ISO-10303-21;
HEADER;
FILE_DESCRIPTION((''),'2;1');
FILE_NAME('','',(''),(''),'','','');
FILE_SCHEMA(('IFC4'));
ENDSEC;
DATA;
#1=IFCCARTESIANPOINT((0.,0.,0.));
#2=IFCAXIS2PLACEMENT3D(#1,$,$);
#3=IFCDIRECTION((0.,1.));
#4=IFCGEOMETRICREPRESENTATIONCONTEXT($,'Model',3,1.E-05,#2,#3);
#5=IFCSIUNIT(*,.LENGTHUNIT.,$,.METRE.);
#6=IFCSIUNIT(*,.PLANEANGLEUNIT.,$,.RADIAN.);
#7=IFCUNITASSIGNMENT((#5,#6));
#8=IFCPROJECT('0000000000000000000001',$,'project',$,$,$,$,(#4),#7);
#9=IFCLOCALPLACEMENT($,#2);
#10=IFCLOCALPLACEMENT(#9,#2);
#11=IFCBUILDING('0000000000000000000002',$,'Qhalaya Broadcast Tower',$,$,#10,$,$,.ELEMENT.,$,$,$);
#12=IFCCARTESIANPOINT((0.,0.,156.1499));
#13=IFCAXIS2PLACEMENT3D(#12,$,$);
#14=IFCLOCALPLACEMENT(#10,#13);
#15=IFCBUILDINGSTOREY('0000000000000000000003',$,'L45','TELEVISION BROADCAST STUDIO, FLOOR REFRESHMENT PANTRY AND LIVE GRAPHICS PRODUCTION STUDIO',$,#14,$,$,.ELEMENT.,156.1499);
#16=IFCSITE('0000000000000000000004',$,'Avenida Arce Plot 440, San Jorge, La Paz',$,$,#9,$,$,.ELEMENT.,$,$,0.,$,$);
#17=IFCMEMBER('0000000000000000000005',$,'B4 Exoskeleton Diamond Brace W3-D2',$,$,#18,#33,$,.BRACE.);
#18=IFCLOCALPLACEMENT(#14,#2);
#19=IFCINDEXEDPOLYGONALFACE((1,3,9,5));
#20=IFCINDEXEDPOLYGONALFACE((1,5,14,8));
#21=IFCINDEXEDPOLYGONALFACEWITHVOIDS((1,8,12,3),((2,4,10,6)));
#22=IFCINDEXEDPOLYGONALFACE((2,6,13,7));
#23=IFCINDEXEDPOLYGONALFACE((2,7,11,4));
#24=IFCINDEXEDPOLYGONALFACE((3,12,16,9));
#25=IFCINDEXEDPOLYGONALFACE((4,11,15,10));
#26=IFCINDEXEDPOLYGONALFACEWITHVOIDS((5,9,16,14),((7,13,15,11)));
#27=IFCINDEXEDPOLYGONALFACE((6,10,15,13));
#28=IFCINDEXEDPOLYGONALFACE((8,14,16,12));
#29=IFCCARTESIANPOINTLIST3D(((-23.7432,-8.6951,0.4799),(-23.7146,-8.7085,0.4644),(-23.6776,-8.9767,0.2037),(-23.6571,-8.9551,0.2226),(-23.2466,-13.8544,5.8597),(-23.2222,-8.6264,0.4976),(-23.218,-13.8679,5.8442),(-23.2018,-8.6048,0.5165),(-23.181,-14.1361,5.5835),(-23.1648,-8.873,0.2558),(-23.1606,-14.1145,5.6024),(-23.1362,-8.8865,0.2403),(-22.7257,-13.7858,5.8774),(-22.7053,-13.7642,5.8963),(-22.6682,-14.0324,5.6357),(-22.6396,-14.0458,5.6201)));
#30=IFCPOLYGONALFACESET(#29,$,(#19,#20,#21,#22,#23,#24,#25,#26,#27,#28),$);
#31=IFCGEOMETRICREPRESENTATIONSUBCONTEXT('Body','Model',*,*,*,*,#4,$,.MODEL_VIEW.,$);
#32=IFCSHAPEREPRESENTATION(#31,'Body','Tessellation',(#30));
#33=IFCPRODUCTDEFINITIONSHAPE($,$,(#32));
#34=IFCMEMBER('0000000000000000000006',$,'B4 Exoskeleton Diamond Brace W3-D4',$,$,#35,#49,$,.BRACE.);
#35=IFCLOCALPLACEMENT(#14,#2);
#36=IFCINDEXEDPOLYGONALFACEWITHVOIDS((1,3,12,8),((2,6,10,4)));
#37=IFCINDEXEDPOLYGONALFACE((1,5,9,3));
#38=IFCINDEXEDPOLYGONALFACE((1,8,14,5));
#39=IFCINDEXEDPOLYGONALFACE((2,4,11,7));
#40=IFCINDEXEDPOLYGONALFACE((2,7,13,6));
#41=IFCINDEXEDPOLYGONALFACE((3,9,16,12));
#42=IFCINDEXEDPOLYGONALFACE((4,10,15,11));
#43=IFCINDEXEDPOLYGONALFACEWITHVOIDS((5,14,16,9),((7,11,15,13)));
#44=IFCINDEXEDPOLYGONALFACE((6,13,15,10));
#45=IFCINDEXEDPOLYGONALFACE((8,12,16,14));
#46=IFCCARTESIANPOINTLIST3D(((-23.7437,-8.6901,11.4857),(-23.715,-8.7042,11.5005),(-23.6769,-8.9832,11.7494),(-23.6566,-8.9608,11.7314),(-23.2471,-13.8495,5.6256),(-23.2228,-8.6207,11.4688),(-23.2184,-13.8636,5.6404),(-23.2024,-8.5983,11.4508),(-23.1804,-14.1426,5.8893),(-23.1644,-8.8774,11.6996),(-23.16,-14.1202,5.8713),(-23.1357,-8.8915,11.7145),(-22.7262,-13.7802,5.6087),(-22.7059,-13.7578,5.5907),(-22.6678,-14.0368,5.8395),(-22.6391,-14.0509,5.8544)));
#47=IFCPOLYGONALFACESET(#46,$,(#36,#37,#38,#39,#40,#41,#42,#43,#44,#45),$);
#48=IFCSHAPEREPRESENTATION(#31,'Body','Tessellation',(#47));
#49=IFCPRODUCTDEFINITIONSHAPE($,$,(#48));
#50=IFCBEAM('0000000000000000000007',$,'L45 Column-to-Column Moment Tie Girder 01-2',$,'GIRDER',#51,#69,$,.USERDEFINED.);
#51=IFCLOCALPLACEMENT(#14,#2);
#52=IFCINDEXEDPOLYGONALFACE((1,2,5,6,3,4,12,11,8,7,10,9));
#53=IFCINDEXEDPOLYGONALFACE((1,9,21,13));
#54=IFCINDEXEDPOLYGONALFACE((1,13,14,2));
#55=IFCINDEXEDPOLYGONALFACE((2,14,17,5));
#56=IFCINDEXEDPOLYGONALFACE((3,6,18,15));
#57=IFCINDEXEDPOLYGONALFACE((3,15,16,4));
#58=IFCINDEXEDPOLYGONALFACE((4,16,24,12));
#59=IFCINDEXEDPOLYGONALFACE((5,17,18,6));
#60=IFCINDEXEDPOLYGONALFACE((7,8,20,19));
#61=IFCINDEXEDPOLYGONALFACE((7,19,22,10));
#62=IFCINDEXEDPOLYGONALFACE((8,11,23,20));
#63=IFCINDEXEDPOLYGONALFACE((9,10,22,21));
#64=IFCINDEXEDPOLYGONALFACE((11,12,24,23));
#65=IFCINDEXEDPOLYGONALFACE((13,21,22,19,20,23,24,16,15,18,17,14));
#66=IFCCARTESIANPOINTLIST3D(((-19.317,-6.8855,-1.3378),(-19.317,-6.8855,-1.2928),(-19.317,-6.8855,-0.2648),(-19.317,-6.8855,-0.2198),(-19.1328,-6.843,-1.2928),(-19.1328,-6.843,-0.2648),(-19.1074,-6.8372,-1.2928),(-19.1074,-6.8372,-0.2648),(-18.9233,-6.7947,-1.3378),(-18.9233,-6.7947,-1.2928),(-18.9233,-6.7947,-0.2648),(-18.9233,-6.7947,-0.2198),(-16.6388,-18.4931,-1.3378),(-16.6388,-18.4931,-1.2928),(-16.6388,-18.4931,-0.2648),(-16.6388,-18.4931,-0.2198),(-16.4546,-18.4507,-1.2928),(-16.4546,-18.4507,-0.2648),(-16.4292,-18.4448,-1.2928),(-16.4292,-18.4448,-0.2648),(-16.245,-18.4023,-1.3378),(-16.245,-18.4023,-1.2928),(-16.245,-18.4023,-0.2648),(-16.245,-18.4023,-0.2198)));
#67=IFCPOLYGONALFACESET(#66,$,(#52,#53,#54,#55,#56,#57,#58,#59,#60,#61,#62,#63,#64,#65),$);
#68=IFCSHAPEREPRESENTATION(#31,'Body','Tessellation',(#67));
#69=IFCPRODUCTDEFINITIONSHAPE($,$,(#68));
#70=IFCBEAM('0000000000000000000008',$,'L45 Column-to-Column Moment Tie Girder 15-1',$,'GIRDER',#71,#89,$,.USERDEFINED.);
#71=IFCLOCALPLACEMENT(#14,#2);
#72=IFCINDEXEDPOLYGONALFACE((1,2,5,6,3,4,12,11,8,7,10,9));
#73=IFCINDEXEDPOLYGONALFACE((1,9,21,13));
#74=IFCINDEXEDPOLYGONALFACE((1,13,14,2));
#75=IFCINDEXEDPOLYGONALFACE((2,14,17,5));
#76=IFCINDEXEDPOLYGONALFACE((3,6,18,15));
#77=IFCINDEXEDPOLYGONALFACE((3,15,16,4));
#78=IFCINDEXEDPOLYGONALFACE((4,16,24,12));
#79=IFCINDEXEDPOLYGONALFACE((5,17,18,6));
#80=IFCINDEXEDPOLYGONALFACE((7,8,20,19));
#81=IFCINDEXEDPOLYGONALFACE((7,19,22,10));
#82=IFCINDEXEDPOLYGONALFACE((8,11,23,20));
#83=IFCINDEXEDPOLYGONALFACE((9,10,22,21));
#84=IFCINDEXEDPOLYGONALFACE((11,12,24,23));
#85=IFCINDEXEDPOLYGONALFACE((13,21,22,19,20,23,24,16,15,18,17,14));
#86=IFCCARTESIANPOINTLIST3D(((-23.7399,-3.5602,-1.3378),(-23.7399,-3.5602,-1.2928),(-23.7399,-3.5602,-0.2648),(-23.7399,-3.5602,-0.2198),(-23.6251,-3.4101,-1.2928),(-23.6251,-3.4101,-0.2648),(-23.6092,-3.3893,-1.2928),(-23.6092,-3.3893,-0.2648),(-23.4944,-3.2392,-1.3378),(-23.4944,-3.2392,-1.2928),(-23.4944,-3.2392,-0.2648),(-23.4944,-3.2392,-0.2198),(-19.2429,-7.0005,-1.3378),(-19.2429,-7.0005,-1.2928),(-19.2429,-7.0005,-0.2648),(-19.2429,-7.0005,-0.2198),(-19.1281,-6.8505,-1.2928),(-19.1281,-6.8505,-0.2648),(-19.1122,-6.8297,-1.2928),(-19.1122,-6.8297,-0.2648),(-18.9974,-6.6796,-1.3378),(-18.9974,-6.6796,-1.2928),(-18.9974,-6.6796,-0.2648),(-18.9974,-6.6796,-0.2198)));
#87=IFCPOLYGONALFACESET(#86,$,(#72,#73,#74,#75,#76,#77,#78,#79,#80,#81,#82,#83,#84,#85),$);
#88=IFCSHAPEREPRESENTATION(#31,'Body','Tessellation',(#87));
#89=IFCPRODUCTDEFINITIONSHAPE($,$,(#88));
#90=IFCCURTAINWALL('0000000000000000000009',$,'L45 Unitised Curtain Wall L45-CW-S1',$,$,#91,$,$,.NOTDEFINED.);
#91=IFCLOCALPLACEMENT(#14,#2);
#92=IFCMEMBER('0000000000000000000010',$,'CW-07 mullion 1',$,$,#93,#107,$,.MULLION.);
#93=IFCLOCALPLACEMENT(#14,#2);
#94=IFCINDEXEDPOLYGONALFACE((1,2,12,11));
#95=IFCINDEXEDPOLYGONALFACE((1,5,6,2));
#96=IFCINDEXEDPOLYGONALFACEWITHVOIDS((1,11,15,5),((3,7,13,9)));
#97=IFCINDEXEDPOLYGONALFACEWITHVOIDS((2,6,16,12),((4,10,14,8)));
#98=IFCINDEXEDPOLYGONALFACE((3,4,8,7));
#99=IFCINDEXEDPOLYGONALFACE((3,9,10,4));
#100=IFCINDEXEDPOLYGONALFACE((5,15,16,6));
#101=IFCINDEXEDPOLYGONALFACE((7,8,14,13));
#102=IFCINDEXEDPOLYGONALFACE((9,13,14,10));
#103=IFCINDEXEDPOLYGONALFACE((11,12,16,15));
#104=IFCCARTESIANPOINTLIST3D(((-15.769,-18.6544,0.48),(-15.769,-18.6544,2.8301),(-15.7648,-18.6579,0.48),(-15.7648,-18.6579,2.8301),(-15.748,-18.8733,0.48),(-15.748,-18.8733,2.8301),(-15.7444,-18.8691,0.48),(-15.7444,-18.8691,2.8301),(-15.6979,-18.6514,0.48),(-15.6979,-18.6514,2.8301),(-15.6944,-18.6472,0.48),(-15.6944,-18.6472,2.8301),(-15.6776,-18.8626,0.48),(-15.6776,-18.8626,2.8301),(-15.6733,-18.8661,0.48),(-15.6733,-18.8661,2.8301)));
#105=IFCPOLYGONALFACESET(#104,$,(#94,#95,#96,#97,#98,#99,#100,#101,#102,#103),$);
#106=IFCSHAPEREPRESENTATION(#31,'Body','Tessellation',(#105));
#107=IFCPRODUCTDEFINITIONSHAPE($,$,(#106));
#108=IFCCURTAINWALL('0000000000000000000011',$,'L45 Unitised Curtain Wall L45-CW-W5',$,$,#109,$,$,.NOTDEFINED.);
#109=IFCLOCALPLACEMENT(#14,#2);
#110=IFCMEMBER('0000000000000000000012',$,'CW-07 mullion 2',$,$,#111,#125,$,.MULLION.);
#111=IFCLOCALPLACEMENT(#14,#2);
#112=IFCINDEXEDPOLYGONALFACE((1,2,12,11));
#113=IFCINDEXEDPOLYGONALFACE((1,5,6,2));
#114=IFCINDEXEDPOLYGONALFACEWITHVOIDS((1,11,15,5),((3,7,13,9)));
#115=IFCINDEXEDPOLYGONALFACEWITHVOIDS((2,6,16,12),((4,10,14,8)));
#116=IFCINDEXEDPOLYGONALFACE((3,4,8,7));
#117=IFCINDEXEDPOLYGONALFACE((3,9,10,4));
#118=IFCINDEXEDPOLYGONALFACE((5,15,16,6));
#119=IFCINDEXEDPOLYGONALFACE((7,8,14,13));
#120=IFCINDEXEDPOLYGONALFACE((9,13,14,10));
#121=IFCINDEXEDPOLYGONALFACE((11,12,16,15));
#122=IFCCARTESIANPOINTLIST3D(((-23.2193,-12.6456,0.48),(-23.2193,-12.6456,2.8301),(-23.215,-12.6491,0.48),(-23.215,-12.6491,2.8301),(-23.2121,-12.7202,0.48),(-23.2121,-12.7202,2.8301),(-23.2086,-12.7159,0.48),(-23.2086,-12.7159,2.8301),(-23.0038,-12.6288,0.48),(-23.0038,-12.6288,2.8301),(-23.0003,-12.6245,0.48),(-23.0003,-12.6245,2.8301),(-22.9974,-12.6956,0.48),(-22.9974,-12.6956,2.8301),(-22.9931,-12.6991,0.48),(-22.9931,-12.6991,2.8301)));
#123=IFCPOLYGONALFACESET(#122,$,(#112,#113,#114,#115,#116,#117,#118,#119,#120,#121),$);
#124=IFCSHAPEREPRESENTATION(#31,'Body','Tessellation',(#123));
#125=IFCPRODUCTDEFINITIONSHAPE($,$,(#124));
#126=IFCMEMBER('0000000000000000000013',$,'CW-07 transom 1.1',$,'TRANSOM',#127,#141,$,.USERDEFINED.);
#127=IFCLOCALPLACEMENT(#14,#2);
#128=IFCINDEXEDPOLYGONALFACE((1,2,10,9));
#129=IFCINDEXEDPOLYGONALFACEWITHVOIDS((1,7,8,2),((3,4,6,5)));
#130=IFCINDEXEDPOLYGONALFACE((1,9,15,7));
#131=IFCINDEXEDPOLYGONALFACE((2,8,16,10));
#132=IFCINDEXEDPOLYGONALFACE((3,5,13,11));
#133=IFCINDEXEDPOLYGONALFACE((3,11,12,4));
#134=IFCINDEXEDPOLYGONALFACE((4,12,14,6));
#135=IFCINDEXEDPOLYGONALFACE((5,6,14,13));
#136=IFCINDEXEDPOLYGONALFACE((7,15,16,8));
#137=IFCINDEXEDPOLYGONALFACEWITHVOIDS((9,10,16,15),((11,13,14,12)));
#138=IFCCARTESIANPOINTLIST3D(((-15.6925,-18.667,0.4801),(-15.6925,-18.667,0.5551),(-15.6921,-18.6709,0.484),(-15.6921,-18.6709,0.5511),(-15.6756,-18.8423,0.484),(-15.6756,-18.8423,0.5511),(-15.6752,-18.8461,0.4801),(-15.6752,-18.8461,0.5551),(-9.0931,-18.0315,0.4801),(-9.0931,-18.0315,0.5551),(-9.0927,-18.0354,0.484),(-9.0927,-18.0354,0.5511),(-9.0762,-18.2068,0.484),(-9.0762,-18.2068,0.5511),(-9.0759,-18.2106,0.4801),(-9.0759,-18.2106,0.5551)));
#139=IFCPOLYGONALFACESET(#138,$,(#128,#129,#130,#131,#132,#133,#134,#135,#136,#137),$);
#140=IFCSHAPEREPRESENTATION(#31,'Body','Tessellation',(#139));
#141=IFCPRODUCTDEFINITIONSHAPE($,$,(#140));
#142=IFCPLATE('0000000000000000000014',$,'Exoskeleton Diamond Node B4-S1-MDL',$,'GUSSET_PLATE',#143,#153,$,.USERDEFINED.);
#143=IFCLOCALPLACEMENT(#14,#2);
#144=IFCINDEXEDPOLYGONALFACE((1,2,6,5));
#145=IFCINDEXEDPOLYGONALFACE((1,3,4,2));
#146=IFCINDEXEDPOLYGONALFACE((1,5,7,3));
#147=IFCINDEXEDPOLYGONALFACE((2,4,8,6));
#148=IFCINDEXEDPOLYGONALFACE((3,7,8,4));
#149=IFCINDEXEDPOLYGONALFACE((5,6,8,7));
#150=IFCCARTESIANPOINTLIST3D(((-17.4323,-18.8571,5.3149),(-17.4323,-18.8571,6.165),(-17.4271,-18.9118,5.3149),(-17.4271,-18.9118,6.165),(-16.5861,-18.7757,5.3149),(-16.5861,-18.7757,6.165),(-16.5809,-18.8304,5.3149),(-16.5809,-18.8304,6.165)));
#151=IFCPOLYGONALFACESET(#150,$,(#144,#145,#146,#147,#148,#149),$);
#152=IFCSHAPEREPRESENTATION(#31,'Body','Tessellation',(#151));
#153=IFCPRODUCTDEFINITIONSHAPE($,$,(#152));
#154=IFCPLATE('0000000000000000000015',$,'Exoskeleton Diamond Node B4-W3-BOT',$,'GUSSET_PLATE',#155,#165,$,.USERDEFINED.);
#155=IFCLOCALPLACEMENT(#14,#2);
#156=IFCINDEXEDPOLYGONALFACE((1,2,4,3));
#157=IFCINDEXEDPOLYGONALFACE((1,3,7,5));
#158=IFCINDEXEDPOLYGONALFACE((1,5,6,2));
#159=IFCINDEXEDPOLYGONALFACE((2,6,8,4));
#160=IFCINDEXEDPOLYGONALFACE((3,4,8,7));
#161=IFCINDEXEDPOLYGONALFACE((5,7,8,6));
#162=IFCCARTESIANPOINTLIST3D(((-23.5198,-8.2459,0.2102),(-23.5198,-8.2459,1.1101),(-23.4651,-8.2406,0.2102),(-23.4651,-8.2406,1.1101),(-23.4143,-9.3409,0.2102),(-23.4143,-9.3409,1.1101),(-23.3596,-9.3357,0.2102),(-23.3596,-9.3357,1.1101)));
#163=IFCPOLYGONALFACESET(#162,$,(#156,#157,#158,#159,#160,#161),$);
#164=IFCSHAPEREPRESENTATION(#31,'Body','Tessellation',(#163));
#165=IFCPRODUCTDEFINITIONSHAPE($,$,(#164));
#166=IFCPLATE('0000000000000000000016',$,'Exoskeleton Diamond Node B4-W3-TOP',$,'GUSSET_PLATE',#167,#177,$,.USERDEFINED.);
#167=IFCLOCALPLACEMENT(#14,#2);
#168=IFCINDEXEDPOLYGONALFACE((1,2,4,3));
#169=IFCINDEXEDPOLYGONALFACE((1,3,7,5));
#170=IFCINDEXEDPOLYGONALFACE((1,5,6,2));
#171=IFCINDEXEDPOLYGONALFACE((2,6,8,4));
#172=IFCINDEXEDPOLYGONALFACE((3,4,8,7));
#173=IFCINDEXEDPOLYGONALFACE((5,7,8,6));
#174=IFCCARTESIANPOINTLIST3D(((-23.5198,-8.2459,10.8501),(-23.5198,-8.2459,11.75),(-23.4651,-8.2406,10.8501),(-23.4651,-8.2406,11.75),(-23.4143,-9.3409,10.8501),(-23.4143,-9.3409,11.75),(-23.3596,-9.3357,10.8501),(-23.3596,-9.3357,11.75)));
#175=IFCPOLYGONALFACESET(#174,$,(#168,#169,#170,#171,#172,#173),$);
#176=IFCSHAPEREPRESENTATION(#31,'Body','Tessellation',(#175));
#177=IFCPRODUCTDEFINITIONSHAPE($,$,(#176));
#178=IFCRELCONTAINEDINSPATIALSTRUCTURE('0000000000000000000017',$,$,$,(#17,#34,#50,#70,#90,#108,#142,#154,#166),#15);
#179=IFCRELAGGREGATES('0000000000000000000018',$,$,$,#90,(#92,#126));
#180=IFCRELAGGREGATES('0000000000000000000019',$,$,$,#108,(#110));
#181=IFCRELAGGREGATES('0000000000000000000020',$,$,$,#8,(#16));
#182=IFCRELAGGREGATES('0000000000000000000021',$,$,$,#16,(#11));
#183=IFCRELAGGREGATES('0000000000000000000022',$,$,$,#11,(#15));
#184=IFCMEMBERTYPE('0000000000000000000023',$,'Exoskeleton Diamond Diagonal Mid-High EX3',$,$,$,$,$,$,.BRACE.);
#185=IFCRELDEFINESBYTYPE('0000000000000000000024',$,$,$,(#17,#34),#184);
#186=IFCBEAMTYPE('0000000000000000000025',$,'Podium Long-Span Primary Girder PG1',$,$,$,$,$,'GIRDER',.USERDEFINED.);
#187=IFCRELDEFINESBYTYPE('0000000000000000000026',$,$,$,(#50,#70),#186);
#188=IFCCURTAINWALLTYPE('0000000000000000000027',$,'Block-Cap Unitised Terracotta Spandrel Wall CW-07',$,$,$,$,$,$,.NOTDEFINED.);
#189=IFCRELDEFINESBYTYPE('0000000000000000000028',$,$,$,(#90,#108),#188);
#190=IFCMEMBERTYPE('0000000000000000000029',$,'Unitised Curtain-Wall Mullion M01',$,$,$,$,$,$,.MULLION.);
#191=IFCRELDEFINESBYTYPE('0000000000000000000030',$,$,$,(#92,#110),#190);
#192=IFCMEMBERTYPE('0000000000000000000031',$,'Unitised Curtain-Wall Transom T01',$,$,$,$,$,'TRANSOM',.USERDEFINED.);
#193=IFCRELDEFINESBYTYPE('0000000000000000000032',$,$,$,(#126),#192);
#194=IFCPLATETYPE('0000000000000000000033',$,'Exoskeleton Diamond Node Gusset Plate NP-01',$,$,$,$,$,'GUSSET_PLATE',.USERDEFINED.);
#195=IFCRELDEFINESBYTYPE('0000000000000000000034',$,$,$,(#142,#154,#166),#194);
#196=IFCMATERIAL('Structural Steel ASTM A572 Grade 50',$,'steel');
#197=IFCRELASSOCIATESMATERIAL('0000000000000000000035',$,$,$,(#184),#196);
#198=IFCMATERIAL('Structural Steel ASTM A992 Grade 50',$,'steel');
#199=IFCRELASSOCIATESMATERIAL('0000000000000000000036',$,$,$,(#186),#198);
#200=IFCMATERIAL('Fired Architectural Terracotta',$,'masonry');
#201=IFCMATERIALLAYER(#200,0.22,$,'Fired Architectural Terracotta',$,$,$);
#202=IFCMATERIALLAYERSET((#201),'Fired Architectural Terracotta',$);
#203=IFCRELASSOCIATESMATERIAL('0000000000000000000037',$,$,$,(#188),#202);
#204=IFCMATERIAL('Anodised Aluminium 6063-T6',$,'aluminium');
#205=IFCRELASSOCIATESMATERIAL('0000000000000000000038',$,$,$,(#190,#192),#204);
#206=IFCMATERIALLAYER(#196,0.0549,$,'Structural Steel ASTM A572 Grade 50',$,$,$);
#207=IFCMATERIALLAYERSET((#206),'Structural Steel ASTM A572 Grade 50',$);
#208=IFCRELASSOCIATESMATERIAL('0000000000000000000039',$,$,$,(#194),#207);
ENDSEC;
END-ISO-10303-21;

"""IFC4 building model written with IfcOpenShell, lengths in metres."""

from ifc_helpers import new_model, si_unit, direction, frame, origin, origin_2d, place, context, subcontext, project, spatial, rectangle, hollow_rectangle, i_section, extrude, material, layer, layer_set, material_profile, profile_set, type_object, element, aggregate, save


model = new_model("IFC4")

# Units and contexts
model_context = context("Model", 3, precision=1e-05, world=origin(), true_north=direction((0.0, 1.0)))
body_context = subcontext(model_context, "Body", "Model", "MODEL_VIEW")
ifc_project = project(units=[si_unit("LENGTHUNIT", "METRE"), si_unit("PLANEANGLEUNIT", "RADIAN")], contexts=[model_context])

# Site, building, storey
site_placement = place(None, origin())
site = spatial("IfcSite", under=ifc_project, at=site_placement, Name="Avenida Arce Plot 440, San Jorge, La Paz", CompositionType="ELEMENT", RefElevation=0.0)
building_placement = place(site_placement, origin())
building = spatial("IfcBuilding", under=site, at=building_placement, Name="Qhalaya Broadcast Tower", CompositionType="ELEMENT")
storey_placement = place(building_placement, frame((0.0, 0.0, 156.1499)))
storey = spatial("IfcBuildingStorey", under=building, at=storey_placement, Name="L45", Description="TELEVISION BROADCAST STUDIO, FLOOR REFRESHMENT PANTRY AND LIVE GRAPHICS PRODUCTION STUDIO", CompositionType="ELEMENT", Elevation=156.1499)

# Shared definitions
ifc_material_1 = material(Name="Structural Steel ASTM A572 Grade 50", Category="steel")

# Shared definitions
ifc_material_2 = material(Name="Structural Steel ASTM A992 Grade 50", Category="steel")

# Members
ifc_material_profile_1 = material_profile(ifc_material_1, hollow_rectangle(XDim=0.3999, YDim=0.55, WallThickness=0.0249, at=origin_2d()), Name="BOX 400x550x25")
ifc_profile_set_1 = profile_set([ifc_material_profile_1], Name="Structural Steel ASTM A572 Grade 50")
member_type_1 = type_object("IfcMemberType", Name="Exoskeleton Diamond Diagonal Mid-High EX3", PredefinedType="BRACE", material=ifc_profile_set_1)
member_1_placement = place(storey_placement, frame((-23.4397, -8.7908, 0.3601), z_axis=(0.066472, -0.690633, 0.720144), x_axis=(-0.164081, 0.704349, 0.690631)))
element("IfcMember", 1, at=member_1_placement, inside=storey, type_object=member_type_1, Name="B4 Exoskeleton Diamond Brace W3-D2", PredefinedType="BRACE", context=body_context, shape_type="SweptSolid", body=[
    extrude(hollow_rectangle(XDim=0.3999, YDim=0.55, WallThickness=0.0249, at=origin_2d()), origin(), (0.0, 0.0, 1.0), 7.4705),
])
member_2_placement = place(storey_placement, frame((-22.9431, -13.9502, 5.74), z_axis=(-0.063473, 0.659478, 0.749039), x_axis=(0.166836, -0.732979, 0.659475)))
element("IfcMember", 2, at=member_2_placement, inside=storey, type_object=member_type_1, Name="B4 Exoskeleton Diamond Brace W3-D4", PredefinedType="BRACE", context=body_context, shape_type="SweptSolid", body=[
    extrude(hollow_rectangle(XDim=0.3999, YDim=0.55, WallThickness=0.0249, at=origin_2d()), origin(), (0.0, 0.0, 1.0), 7.8235),
])

# Beams
ifc_material_profile_2 = material_profile(ifc_material_2, i_section(OverallWidth=0.4041, OverallDepth=1.1179, WebThickness=0.0261, FlangeThickness=0.0449, at=origin_2d()), Name="W44X335")
ifc_profile_set_2 = profile_set([ifc_material_profile_2], Name="Structural Steel ASTM A992 Grade 50")
beam_type_1 = type_object("IfcBeamType", Name="Podium Long-Span Primary Girder PG1", ElementType="GIRDER", PredefinedType="USERDEFINED", material=ifc_profile_set_2)
beam_1_placement = place(storey_placement, frame((-19.1201, -6.8401, -0.7788), z_axis=(0.224822, -0.9744, 0.0), x_axis=(0.9744, 0.224822, 0.0)))
element("IfcBeam", 3, at=beam_1_placement, inside=storey, type_object=beam_type_1, Name="L45 Column-to-Column Moment Tie Girder 01-2", ObjectType="GIRDER", PredefinedType="USERDEFINED", context=body_context, shape_type="SweptSolid", body=[
    extrude(i_section(OverallWidth=0.4041, OverallDepth=1.1179, WebThickness=0.0261, FlangeThickness=0.0449, at=origin_2d()), origin(), (0.0, 0.0, 1.0), 11.9126),
])
beam_2_placement = place(storey_placement, frame((-19.1201, -6.8401, -0.7788), z_axis=(-0.794231, 0.607617, 0.0), x_axis=(-0.607617, -0.794231, 0.0)))
element("IfcBeam", 4, at=beam_2_placement, inside=storey, type_object=beam_type_1, Name="L45 Column-to-Column Moment Tie Girder 15-1", ObjectType="GIRDER", PredefinedType="USERDEFINED", context=body_context, shape_type="SweptSolid", body=[
    extrude(i_section(OverallWidth=0.4041, OverallDepth=1.1179, WebThickness=0.0261, FlangeThickness=0.0449, at=origin_2d()), origin(), (0.0, 0.0, 1.0), 5.6621),
])

# Curtain walls, members
ifc_material_3 = material(Name="Fired Architectural Terracotta", Category="masonry")
ifc_layer_1 = layer(ifc_material_3, 0.22, Name="Fired Architectural Terracotta")
ifc_layer_set_1 = layer_set([ifc_layer_1], Name="Fired Architectural Terracotta")
curtain_wall_type = type_object("IfcCurtainWallType", Name="Block-Cap Unitised Terracotta Spandrel Wall CW-07", PredefinedType="NOTDEFINED", material=ifc_layer_set_1)
curtain_wall_1_placement = place(storey_placement, origin())
curtain_wall_1 = element("IfcCurtainWall", 5, at=curtain_wall_1_placement, inside=storey, type_object=curtain_wall_type, Name="L45 Unitised Curtain Wall L45-CW-S1", PredefinedType="NOTDEFINED")
ifc_material_4 = material(Name="Anodised Aluminium 6063-T6", Category="aluminium")
ifc_material_profile_3 = material_profile(ifc_material_4, hollow_rectangle(XDim=0.075, YDim=0.22, WallThickness=0.0039, at=origin_2d()), Name="ALU-MUL 75x220x4")
ifc_profile_set_3 = profile_set([ifc_material_profile_3], Name="Anodised Aluminium 6063-T6")
member_type_2 = type_object("IfcMemberType", Name="Unitised Curtain-Wall Mullion M01", PredefinedType="MULLION", material=ifc_profile_set_3)
member_3_placement = place(storey_placement, frame((-15.7212, -18.7603, 0.48), z_axis=(0.0, 0.0, 1.0), x_axis=(0.995397, 0.095841, 0.0)))
member_3 = element("IfcMember", 6, at=member_3_placement, type_object=member_type_2, Name="CW-07 mullion 1", PredefinedType="MULLION", context=body_context, shape_type="SweptSolid", body=[
    extrude(hollow_rectangle(XDim=0.075, YDim=0.22, WallThickness=0.0039, at=origin_2d()), origin(), (0.0, 0.0, 1.0), 2.3501),
])
curtain_wall_2_placement = place(storey_placement, origin())
curtain_wall_2 = element("IfcCurtainWall", 7, at=curtain_wall_2_placement, inside=storey, type_object=curtain_wall_type, Name="L45 Unitised Curtain Wall L45-CW-W5", PredefinedType="NOTDEFINED")
member_4_placement = place(storey_placement, frame((-23.1062, -12.6724, 0.48), z_axis=(0.0, 0.0, 1.0), x_axis=(0.095842, -0.995397, 0.0)))
member_4 = element("IfcMember", 8, at=member_4_placement, type_object=member_type_2, Name="CW-07 mullion 2", PredefinedType="MULLION", context=body_context, shape_type="SweptSolid", body=[
    extrude(hollow_rectangle(XDim=0.075, YDim=0.22, WallThickness=0.0039, at=origin_2d()), origin(), (0.0, 0.0, 1.0), 2.3501),
])

# Member
ifc_material_profile_4 = material_profile(ifc_material_4, hollow_rectangle(XDim=0.075, YDim=0.1799, WallThickness=0.0039, at=origin_2d()), Name="ALU-TRN 75x180x4")
ifc_profile_set_4 = profile_set([ifc_material_profile_4], Name="Anodised Aluminium 6063-T6")
member_type_3 = type_object("IfcMemberType", Name="Unitised Curtain-Wall Transom T01", ElementType="TRANSOM", PredefinedType="USERDEFINED", material=ifc_profile_set_4)
member_5_placement = place(storey_placement, frame((-15.6838, -18.7566, 0.5176), z_axis=(0.995395, 0.095853, 0.0), x_axis=(0.0, 0.0, 1.0)))
member_5 = element("IfcMember", 9, at=member_5_placement, type_object=member_type_3, Name="CW-07 transom 1.1", ObjectType="TRANSOM", PredefinedType="USERDEFINED", context=body_context, shape_type="SweptSolid", body=[
    extrude(hollow_rectangle(XDim=0.075, YDim=0.1799, WallThickness=0.0039, at=origin_2d()), origin(), (0.0, 0.0, 1.0), 6.6299),
])
aggregate(curtain_wall_1, [member_3, member_5])

# Plates
ifc_layer_2 = layer(ifc_material_1, 0.0549, Name="Structural Steel ASTM A572 Grade 50")
ifc_layer_set_2 = layer_set([ifc_layer_2], Name="Structural Steel ASTM A572 Grade 50")
plate_type_1 = type_object("IfcPlateType", Name="Exoskeleton Diamond Node Gusset Plate NP-01", ElementType="GUSSET_PLATE", PredefinedType="USERDEFINED", material=ifc_layer_set_2)
plate_1_placement = place(storey_placement, frame((-17.0066, -18.8438, 5.3149), z_axis=(0.0, 0.0, 1.0), x_axis=(0.995396, 0.095846, 0.0)))
element("IfcPlate", 10, at=plate_1_placement, inside=storey, type_object=plate_type_1, Name="Exoskeleton Diamond Node B4-S1-MDL", ObjectType="GUSSET_PLATE", PredefinedType="USERDEFINED", context=body_context, shape_type="SweptSolid", body=[
    extrude(rectangle(XDim=0.8501, YDim=0.0549, at=origin_2d()), origin(), (0.0, 0.0, 1.0), 0.8501),
])
for number, where, z_axis, x_axis, name in (
    (11, (-23.4397, -8.7908, 0.2102), (0.0, 0.0, 1.0), (-0.095846, 0.995396, 0.0), "Exoskeleton Diamond Node B4-W3-BOT"),
    (12, (-23.4397, -8.7908, 10.8501), (0.0, 0.0, 1.0), (-0.095846, 0.995396, 0.0), "Exoskeleton Diamond Node B4-W3-TOP"),
):
    element("IfcPlate", number, at=place(storey_placement, frame(where, z_axis=z_axis, x_axis=x_axis)), inside=storey, type_object=plate_type_1, Name=name, ObjectType="GUSSET_PLATE", PredefinedType="USERDEFINED", context=body_context, shape_type="SweptSolid", body=[
        extrude(rectangle(XDim=1.1001, YDim=0.0549, at=origin_2d()), origin(), (0.0, 0.0, 1.0), 0.8999),
    ])

aggregate(curtain_wall_2, [member_4])

save(model, "model.ifc")
